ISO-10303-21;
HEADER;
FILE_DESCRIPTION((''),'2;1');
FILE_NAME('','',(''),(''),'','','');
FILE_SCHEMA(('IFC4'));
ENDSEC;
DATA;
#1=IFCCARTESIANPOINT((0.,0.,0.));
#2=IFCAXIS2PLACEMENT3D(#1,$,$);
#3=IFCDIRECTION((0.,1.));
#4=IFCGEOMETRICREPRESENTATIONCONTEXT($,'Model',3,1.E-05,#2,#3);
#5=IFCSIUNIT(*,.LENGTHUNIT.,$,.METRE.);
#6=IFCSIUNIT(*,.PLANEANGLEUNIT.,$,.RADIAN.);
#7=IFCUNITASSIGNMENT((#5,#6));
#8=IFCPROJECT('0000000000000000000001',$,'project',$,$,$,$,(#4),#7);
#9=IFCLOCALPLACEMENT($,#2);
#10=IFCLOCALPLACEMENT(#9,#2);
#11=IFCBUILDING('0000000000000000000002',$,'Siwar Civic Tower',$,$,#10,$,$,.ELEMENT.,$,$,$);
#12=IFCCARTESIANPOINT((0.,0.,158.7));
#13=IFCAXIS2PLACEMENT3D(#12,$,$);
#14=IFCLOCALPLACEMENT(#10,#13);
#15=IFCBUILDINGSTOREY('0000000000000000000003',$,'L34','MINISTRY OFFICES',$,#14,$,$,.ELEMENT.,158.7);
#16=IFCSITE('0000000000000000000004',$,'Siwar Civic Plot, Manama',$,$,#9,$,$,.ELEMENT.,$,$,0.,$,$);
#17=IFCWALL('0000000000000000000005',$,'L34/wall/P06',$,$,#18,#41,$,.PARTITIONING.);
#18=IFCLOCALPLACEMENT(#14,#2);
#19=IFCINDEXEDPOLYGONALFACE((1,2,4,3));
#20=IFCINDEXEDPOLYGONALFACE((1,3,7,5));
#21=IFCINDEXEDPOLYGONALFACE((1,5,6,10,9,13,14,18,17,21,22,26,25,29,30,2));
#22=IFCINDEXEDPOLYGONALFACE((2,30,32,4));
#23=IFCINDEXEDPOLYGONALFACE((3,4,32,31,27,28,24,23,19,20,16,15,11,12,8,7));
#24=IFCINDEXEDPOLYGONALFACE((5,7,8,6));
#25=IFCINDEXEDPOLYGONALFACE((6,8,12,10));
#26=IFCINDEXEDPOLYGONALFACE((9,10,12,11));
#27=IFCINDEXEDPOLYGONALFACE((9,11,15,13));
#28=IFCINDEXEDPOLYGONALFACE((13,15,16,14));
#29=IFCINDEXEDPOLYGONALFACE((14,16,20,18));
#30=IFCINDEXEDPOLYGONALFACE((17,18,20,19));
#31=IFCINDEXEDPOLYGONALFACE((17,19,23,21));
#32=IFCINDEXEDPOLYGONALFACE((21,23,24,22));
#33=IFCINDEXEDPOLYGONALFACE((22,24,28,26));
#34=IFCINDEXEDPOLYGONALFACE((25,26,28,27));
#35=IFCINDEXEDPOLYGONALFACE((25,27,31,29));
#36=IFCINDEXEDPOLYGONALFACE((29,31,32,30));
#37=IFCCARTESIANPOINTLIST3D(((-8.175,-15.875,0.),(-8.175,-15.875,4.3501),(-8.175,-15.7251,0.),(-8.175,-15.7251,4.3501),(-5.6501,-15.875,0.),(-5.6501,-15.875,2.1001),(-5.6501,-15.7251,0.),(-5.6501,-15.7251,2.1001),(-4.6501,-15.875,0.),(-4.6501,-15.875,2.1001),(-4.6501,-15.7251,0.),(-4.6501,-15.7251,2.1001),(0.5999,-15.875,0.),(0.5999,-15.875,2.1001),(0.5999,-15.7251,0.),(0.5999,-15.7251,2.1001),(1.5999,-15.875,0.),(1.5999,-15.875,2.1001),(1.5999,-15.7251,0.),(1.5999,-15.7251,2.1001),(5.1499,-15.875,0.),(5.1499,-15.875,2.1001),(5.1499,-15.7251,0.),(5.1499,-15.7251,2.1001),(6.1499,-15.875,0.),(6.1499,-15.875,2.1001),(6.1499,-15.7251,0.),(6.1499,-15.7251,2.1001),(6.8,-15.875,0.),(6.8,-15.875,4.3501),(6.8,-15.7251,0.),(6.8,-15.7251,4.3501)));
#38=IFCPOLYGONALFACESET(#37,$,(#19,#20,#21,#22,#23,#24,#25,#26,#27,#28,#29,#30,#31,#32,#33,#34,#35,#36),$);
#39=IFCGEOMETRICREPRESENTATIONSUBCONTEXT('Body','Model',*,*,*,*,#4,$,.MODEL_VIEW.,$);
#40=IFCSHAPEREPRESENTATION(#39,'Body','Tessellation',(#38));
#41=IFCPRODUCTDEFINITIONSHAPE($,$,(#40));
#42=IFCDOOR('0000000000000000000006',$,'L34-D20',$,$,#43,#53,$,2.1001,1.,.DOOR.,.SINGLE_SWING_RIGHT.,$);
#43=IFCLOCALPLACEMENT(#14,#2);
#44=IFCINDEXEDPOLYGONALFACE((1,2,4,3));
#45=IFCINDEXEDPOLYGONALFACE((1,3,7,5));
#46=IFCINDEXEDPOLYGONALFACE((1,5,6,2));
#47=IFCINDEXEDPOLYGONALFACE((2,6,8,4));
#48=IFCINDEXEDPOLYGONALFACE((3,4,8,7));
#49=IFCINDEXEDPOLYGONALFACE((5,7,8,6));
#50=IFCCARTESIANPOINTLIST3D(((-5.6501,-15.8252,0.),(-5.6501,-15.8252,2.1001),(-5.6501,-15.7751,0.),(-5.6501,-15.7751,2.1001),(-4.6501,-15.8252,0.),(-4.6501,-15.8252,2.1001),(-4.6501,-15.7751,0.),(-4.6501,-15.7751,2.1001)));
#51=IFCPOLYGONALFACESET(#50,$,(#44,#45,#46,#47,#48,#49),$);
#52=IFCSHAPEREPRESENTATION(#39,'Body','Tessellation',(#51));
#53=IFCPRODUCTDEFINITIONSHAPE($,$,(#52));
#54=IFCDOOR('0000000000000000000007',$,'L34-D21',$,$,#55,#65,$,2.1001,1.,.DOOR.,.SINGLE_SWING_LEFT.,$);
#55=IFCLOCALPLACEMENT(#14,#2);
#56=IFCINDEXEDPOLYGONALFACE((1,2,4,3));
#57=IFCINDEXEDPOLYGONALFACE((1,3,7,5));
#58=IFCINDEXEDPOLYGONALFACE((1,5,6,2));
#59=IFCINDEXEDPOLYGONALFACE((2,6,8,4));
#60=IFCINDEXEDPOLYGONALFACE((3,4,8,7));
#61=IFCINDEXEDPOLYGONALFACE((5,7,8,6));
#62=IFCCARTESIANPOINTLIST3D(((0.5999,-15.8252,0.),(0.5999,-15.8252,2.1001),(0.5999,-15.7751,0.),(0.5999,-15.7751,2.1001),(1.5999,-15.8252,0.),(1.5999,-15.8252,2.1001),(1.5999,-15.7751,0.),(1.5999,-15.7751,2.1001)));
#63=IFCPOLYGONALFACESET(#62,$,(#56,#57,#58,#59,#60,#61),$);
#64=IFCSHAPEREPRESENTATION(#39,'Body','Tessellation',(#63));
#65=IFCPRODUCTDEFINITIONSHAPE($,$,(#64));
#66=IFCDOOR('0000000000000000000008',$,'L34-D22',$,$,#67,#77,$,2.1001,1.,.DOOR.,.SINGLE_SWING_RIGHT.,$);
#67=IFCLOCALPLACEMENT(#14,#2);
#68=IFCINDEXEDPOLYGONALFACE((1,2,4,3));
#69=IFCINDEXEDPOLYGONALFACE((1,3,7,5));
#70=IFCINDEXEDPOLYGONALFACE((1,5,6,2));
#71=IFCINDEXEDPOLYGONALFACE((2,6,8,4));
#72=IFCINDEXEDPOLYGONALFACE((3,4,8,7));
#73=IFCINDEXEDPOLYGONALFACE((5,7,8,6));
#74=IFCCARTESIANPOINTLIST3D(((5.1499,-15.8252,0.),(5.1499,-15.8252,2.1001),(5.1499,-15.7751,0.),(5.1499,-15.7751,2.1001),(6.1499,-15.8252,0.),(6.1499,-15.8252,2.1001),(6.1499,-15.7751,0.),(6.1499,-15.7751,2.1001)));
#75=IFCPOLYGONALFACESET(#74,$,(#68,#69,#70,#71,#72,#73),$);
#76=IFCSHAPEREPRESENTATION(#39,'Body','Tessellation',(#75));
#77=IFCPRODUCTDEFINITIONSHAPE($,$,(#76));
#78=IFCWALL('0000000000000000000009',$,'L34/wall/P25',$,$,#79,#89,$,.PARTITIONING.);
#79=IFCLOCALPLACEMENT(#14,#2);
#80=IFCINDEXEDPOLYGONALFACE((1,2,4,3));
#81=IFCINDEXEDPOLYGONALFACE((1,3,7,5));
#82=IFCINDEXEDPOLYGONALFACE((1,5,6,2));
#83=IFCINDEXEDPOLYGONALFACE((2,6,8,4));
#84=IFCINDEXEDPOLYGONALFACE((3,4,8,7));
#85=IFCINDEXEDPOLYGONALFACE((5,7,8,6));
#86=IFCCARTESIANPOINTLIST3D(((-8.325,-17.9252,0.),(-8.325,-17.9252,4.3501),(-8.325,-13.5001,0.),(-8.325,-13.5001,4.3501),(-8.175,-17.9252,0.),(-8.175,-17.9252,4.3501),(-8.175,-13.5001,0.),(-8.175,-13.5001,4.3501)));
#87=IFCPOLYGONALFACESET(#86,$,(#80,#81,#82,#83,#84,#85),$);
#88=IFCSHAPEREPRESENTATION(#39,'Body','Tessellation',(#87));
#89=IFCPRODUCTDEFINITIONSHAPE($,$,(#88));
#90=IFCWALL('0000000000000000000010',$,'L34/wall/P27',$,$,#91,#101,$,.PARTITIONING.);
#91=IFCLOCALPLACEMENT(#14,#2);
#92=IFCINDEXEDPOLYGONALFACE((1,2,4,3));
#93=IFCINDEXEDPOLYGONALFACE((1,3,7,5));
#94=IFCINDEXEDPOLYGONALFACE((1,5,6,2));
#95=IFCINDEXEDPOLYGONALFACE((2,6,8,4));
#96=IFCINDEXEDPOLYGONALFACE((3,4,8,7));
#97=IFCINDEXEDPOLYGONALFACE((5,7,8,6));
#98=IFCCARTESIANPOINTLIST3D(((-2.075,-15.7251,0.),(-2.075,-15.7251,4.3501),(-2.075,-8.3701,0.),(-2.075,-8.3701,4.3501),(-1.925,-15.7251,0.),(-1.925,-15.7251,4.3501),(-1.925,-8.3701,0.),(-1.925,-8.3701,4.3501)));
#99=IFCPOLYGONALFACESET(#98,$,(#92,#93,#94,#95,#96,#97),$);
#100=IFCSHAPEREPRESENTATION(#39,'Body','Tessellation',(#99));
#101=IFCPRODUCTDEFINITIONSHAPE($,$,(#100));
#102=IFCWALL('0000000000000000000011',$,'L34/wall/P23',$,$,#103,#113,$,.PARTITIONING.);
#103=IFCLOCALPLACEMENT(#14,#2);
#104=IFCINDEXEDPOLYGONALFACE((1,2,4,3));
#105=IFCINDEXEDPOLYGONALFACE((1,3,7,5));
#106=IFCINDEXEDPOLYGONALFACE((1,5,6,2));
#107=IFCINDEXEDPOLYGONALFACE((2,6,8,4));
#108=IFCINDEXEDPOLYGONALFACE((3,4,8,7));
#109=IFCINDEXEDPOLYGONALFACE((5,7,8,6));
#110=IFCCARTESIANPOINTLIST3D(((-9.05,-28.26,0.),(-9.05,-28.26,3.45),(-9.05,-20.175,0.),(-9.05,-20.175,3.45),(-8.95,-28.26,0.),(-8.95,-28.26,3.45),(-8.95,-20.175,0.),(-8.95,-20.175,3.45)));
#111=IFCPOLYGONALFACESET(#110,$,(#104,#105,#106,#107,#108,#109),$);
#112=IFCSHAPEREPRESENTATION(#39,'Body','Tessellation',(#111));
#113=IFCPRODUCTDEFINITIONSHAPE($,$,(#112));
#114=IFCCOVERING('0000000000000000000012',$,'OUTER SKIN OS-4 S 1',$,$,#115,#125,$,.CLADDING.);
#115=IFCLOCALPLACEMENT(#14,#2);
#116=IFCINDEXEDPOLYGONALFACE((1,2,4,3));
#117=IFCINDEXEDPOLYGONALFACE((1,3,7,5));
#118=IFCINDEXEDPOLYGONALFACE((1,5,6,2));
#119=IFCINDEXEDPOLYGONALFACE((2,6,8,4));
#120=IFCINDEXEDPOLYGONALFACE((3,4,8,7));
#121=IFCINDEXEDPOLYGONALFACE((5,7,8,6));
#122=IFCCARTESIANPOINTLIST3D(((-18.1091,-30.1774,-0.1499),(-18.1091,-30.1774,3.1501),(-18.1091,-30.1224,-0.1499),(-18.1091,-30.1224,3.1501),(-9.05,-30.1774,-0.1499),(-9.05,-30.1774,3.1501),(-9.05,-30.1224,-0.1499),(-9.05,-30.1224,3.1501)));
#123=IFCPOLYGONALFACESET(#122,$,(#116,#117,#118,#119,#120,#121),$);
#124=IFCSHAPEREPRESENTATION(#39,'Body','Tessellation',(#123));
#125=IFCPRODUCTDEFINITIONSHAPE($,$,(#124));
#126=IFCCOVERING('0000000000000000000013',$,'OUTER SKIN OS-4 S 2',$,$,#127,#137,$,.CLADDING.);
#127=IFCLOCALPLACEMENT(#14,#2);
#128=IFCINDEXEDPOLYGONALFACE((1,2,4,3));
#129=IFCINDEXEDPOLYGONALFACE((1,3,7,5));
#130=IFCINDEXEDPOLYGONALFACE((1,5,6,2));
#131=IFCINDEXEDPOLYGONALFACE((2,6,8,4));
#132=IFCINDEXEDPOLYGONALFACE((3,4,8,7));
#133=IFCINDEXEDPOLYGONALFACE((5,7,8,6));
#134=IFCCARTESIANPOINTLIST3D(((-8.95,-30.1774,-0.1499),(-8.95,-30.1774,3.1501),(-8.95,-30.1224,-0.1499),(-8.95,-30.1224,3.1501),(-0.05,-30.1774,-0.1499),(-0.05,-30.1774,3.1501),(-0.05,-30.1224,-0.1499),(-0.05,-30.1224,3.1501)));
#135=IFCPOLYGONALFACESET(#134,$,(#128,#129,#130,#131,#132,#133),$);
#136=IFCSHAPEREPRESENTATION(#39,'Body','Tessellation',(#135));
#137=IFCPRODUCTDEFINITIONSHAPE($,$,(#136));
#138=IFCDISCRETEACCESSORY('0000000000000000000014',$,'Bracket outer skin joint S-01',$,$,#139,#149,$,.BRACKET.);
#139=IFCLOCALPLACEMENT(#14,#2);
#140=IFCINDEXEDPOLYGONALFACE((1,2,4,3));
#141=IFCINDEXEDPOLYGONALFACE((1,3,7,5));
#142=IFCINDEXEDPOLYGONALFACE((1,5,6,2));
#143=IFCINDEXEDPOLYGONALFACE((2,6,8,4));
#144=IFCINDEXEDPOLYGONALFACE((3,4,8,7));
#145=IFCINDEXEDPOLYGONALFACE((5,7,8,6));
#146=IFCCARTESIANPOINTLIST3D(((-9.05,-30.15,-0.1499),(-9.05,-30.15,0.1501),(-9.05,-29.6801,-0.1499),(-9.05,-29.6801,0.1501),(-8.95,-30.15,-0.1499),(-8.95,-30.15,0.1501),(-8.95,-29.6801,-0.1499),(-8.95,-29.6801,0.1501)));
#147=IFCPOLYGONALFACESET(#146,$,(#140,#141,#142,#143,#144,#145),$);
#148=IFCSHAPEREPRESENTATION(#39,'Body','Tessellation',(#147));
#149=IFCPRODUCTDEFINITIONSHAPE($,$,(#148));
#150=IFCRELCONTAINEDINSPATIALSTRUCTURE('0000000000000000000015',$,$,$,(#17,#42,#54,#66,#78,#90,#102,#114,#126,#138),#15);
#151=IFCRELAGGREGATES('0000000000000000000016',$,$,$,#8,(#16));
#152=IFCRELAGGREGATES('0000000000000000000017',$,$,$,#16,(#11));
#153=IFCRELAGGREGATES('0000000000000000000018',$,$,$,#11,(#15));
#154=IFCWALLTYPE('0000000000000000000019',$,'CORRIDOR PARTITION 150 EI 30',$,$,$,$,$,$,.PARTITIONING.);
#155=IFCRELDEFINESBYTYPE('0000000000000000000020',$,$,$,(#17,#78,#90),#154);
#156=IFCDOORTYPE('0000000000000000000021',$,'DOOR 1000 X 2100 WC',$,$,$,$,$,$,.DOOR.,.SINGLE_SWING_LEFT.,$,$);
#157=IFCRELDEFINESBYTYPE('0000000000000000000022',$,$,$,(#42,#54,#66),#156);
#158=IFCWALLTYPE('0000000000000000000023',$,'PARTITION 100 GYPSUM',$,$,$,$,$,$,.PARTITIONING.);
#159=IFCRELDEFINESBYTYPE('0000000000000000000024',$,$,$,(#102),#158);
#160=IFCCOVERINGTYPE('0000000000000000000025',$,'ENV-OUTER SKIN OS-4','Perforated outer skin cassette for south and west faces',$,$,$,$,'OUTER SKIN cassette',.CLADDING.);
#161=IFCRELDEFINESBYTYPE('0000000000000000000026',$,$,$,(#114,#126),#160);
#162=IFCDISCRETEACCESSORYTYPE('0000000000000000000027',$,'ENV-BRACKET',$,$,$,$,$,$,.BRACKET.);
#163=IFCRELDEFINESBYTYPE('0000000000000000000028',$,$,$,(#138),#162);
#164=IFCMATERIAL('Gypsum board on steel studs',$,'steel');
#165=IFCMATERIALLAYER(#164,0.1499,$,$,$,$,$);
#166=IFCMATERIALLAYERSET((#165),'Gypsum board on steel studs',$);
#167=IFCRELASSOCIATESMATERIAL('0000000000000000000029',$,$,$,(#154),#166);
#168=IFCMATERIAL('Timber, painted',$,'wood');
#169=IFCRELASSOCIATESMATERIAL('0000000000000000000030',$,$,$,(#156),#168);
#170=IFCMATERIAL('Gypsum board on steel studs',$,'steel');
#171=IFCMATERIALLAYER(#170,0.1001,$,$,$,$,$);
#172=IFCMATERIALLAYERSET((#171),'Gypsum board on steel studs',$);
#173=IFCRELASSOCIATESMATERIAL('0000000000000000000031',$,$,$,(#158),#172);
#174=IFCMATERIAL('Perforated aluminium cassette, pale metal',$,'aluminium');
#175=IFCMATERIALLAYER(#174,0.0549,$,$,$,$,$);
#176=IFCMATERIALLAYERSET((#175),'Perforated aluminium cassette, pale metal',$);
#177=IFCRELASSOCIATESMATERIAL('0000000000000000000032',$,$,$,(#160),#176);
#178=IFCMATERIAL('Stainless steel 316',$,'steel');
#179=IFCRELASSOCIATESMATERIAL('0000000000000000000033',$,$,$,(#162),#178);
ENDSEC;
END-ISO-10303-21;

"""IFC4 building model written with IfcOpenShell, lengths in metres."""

from ifc_helpers import new_model, si_unit, direction, frame, frame_2d, origin, origin_2d, place, context, subcontext, project, spatial, rectangle, extrude, material, layer, layer_set, type_object, element, fill, save


model = new_model("IFC4")

# Units and contexts
model_context = context("Model", 3, precision=1e-05, world=origin(), true_north=direction((0.0, 1.0)))
body_context = subcontext(model_context, "Body", "Model", "MODEL_VIEW")
ifc_project = project(units=[si_unit("LENGTHUNIT", "METRE"), si_unit("PLANEANGLEUNIT", "RADIAN")], contexts=[model_context])

# Site, building, storey
site_placement = place(None, origin())
site = spatial("IfcSite", under=ifc_project, at=site_placement, Name="Siwar Civic Plot, Manama", CompositionType="ELEMENT", RefElevation=0.0)
building_placement = place(site_placement, origin())
building = spatial("IfcBuilding", under=site, at=building_placement, Name="Siwar Civic Tower", CompositionType="ELEMENT")
storey_placement = place(building_placement, frame((0.0, 0.0, 158.7)))
storey = spatial("IfcBuildingStorey", under=building, at=storey_placement, Name="L34", Description="MINISTRY OFFICES", CompositionType="ELEMENT", Elevation=158.7)

# Wall, openings, doors
ifc_material_1 = material(Name="Gypsum board on steel studs", Category="steel")
ifc_layer_1 = layer(ifc_material_1, 0.1499)
ifc_layer_set_1 = layer_set([ifc_layer_1], Name="Gypsum board on steel studs")
wall_type_1 = type_object("IfcWallType", Name="CORRIDOR PARTITION 150 EI 30", PredefinedType="PARTITIONING", material=ifc_layer_set_1)
wall_1_placement = place(storey_placement, frame((-8.175, -15.8, 0.0), z_axis=(0.0, 0.0, 1.0), x_axis=(1.0, 0.0, 0.0)))
wall_1 = element("IfcWall", 1, at=wall_1_placement, inside=storey, type_object=wall_type_1, Name="L34/wall/P06", PredefinedType="PARTITIONING", context=body_context, shape_type="SweptSolid", body=[
    extrude(rectangle(XDim=14.9751, YDim=0.1499, at=frame_2d((7.4875, 0.0))), origin(), (0.0, 0.0, 1.0), 4.3501),
])
opening_1_placement = place(wall_1_placement, frame((2.5249, 0.0, 0.0)))
opening_1 = element("IfcOpeningElement", 2, at=opening_1_placement, cuts=wall_1, PredefinedType="OPENING", context=body_context, shape_type="SweptSolid", body=[
    extrude(rectangle(XDim=1.0, YDim=2.1001, at=frame_2d((0.5, 1.05))), frame((0.0, 0.085, 0.0), z_axis=(0.0, -1.0, 0.0), x_axis=(1.0, 0.0, 0.0)), (0.0, 0.0, 1.0), 0.1699),
])
opening_2_placement = place(wall_1_placement, frame((8.7749, 0.0, 0.0)))
opening_2 = element("IfcOpeningElement", 3, at=opening_2_placement, cuts=wall_1, PredefinedType="OPENING", context=body_context, shape_type="SweptSolid", body=[
    extrude(rectangle(XDim=1.0, YDim=2.1001, at=frame_2d((0.5, 1.05))), frame((0.0, 0.085, 0.0), z_axis=(0.0, -1.0, 0.0), x_axis=(1.0, 0.0, 0.0)), (0.0, 0.0, 1.0), 0.1699),
])
opening_3_placement = place(wall_1_placement, frame((13.325, 0.0, 0.0)))
opening_3 = element("IfcOpeningElement", 4, at=opening_3_placement, cuts=wall_1, PredefinedType="OPENING", context=body_context, shape_type="SweptSolid", body=[
    extrude(rectangle(XDim=1.0, YDim=2.1001, at=frame_2d((0.5, 1.05))), frame((0.0, 0.085, 0.0), z_axis=(0.0, -1.0, 0.0), x_axis=(1.0, 0.0, 0.0)), (0.0, 0.0, 1.0), 0.1699),
])
ifc_material_2 = material(Name="Timber, painted", Category="wood")
door_type = type_object("IfcDoorType", Name="DOOR 1000 X 2100 WC", OperationType="SINGLE_SWING_LEFT", PredefinedType="DOOR", material=ifc_material_2)
door_1_placement = place(opening_1_placement, origin())
door_1 = element("IfcDoor", 5, at=door_1_placement, inside=storey, type_object=door_type, Name="L34-D20", OperationType="SINGLE_SWING_RIGHT", OverallHeight=2.1001, OverallWidth=1.0, PredefinedType="DOOR", context=body_context, shape_type="SweptSolid", body=[
    extrude(rectangle(XDim=1.0, YDim=2.1001, at=frame_2d((0.5, 1.05))), frame((0.0, 0.0249, 0.0), z_axis=(0.0, -1.0, 0.0), x_axis=(1.0, 0.0, 0.0)), (0.0, 0.0, 1.0), 0.05),
])
fill(opening_1, door_1)
door_2_placement = place(opening_2_placement, origin())
door_2 = element("IfcDoor", 6, at=door_2_placement, inside=storey, type_object=door_type, Name="L34-D21", OperationType="SINGLE_SWING_LEFT", OverallHeight=2.1001, OverallWidth=1.0, PredefinedType="DOOR", context=body_context, shape_type="SweptSolid", body=[
    extrude(rectangle(XDim=1.0, YDim=2.1001, at=frame_2d((0.5, 1.05))), frame((0.0, 0.0249, 0.0), z_axis=(0.0, -1.0, 0.0), x_axis=(1.0, 0.0, 0.0)), (0.0, 0.0, 1.0), 0.05),
])
fill(opening_2, door_2)
door_3_placement = place(opening_3_placement, origin())
door_3 = element("IfcDoor", 7, at=door_3_placement, inside=storey, type_object=door_type, Name="L34-D22", OperationType="SINGLE_SWING_RIGHT", OverallHeight=2.1001, OverallWidth=1.0, PredefinedType="DOOR", context=body_context, shape_type="SweptSolid", body=[
    extrude(rectangle(XDim=1.0, YDim=2.1001, at=frame_2d((0.5, 1.05))), frame((0.0, 0.0249, 0.0), z_axis=(0.0, -1.0, 0.0), x_axis=(1.0, 0.0, 0.0)), (0.0, 0.0, 1.0), 0.05),
])
fill(opening_3, door_3)

# Walls
wall_2_placement = place(storey_placement, frame((-8.25, -17.925, 0.0), z_axis=(0.0, 0.0, 1.0), x_axis=(0.0, 1.0, 0.0)))
element("IfcWall", 8, at=wall_2_placement, inside=storey, type_object=wall_type_1, Name="L34/wall/P25", PredefinedType="PARTITIONING", context=body_context, shape_type="SweptSolid", body=[
    extrude(rectangle(XDim=4.425, YDim=0.1499, at=frame_2d((2.2124, 0.0))), origin(), (0.0, 0.0, 1.0), 4.3501),
])
wall_3_placement = place(storey_placement, frame((-2.0, -15.7251, 0.0), z_axis=(0.0, 0.0, 1.0), x_axis=(0.0, 1.0, 0.0)))
element("IfcWall", 9, at=wall_3_placement, inside=storey, type_object=wall_type_1, Name="L34/wall/P27", PredefinedType="PARTITIONING", context=body_context, shape_type="SweptSolid", body=[
    extrude(rectangle(XDim=7.355, YDim=0.1499, at=frame_2d((3.6775, 0.0))), origin(), (0.0, 0.0, 1.0), 4.3501),
])
ifc_material_3 = material(Name="Gypsum board on steel studs", Category="steel")
ifc_layer_2 = layer(ifc_material_3, 0.1001)
ifc_layer_set_2 = layer_set([ifc_layer_2], Name="Gypsum board on steel studs")
wall_type_2 = type_object("IfcWallType", Name="PARTITION 100 GYPSUM", PredefinedType="PARTITIONING", material=ifc_layer_set_2)
wall_4_placement = place(storey_placement, frame((-9.0, -28.26, 0.0), z_axis=(0.0, 0.0, 1.0), x_axis=(0.0, 1.0, 0.0)))
element("IfcWall", 10, at=wall_4_placement, inside=storey, type_object=wall_type_2, Name="L34/wall/P23", PredefinedType="PARTITIONING", context=body_context, shape_type="SweptSolid", body=[
    extrude(rectangle(XDim=8.085, YDim=0.1001, at=frame_2d((4.0425, 0.0))), origin(), (0.0, 0.0, 1.0), 3.45),
])

# Coverings
ifc_material_4 = material(Name="Perforated aluminium cassette, pale metal", Category="aluminium")
ifc_layer_3 = layer(ifc_material_4, 0.0549)
ifc_layer_set_3 = layer_set([ifc_layer_3], Name="Perforated aluminium cassette, pale metal")
covering_type = type_object("IfcCoveringType", Name="ENV-OUTER SKIN OS-4", Description="Perforated outer skin cassette for south and west faces", ElementType="OUTER SKIN cassette", PredefinedType="CLADDING", material=ifc_layer_set_3)
covering_1_placement = place(storey_placement, frame((-13.5796, -30.1499, -0.1499), z_axis=(0.0, 0.0, 1.0), x_axis=(1.0, 0.0, 0.0)))
element("IfcCovering", 11, at=covering_1_placement, inside=storey, type_object=covering_type, Name="OUTER SKIN OS-4 S 1", PredefinedType="CLADDING", context=body_context, shape_type="SweptSolid", body=[
    extrude(rectangle(XDim=9.0591, YDim=0.0549, at=origin_2d()), origin(), (0.0, 0.0, 1.0), 3.3),
])
covering_2_placement = place(storey_placement, frame((-4.5, -30.1499, -0.1499), z_axis=(0.0, 0.0, 1.0), x_axis=(1.0, 0.0, 0.0)))
element("IfcCovering", 12, at=covering_2_placement, inside=storey, type_object=covering_type, Name="OUTER SKIN OS-4 S 2", PredefinedType="CLADDING", context=body_context, shape_type="SweptSolid", body=[
    extrude(rectangle(XDim=8.8999, YDim=0.0549, at=origin_2d()), origin(), (0.0, 0.0, 1.0), 3.3),
])

# Discrete accessory
ifc_material_5 = material(Name="Stainless steel 316", Category="steel")
discrete_accessory_type = type_object("IfcDiscreteAccessoryType", Name="ENV-BRACKET", PredefinedType="BRACKET", material=ifc_material_5)
discrete_accessory_placement = place(storey_placement, frame((-9.0, -29.915, -0.1499), z_axis=(0.0, 0.0, 1.0), x_axis=(0.0, -1.0, 0.0)))
element("IfcDiscreteAccessory", 13, at=discrete_accessory_placement, inside=storey, type_object=discrete_accessory_type, Name="Bracket outer skin joint S-01", PredefinedType="BRACKET", context=body_context, shape_type="SweptSolid", body=[
    extrude(rectangle(XDim=0.47, YDim=0.1001, at=origin_2d()), origin(), (0.0, 0.0, 1.0), 0.3),
])

save(model, "model.ifc")
